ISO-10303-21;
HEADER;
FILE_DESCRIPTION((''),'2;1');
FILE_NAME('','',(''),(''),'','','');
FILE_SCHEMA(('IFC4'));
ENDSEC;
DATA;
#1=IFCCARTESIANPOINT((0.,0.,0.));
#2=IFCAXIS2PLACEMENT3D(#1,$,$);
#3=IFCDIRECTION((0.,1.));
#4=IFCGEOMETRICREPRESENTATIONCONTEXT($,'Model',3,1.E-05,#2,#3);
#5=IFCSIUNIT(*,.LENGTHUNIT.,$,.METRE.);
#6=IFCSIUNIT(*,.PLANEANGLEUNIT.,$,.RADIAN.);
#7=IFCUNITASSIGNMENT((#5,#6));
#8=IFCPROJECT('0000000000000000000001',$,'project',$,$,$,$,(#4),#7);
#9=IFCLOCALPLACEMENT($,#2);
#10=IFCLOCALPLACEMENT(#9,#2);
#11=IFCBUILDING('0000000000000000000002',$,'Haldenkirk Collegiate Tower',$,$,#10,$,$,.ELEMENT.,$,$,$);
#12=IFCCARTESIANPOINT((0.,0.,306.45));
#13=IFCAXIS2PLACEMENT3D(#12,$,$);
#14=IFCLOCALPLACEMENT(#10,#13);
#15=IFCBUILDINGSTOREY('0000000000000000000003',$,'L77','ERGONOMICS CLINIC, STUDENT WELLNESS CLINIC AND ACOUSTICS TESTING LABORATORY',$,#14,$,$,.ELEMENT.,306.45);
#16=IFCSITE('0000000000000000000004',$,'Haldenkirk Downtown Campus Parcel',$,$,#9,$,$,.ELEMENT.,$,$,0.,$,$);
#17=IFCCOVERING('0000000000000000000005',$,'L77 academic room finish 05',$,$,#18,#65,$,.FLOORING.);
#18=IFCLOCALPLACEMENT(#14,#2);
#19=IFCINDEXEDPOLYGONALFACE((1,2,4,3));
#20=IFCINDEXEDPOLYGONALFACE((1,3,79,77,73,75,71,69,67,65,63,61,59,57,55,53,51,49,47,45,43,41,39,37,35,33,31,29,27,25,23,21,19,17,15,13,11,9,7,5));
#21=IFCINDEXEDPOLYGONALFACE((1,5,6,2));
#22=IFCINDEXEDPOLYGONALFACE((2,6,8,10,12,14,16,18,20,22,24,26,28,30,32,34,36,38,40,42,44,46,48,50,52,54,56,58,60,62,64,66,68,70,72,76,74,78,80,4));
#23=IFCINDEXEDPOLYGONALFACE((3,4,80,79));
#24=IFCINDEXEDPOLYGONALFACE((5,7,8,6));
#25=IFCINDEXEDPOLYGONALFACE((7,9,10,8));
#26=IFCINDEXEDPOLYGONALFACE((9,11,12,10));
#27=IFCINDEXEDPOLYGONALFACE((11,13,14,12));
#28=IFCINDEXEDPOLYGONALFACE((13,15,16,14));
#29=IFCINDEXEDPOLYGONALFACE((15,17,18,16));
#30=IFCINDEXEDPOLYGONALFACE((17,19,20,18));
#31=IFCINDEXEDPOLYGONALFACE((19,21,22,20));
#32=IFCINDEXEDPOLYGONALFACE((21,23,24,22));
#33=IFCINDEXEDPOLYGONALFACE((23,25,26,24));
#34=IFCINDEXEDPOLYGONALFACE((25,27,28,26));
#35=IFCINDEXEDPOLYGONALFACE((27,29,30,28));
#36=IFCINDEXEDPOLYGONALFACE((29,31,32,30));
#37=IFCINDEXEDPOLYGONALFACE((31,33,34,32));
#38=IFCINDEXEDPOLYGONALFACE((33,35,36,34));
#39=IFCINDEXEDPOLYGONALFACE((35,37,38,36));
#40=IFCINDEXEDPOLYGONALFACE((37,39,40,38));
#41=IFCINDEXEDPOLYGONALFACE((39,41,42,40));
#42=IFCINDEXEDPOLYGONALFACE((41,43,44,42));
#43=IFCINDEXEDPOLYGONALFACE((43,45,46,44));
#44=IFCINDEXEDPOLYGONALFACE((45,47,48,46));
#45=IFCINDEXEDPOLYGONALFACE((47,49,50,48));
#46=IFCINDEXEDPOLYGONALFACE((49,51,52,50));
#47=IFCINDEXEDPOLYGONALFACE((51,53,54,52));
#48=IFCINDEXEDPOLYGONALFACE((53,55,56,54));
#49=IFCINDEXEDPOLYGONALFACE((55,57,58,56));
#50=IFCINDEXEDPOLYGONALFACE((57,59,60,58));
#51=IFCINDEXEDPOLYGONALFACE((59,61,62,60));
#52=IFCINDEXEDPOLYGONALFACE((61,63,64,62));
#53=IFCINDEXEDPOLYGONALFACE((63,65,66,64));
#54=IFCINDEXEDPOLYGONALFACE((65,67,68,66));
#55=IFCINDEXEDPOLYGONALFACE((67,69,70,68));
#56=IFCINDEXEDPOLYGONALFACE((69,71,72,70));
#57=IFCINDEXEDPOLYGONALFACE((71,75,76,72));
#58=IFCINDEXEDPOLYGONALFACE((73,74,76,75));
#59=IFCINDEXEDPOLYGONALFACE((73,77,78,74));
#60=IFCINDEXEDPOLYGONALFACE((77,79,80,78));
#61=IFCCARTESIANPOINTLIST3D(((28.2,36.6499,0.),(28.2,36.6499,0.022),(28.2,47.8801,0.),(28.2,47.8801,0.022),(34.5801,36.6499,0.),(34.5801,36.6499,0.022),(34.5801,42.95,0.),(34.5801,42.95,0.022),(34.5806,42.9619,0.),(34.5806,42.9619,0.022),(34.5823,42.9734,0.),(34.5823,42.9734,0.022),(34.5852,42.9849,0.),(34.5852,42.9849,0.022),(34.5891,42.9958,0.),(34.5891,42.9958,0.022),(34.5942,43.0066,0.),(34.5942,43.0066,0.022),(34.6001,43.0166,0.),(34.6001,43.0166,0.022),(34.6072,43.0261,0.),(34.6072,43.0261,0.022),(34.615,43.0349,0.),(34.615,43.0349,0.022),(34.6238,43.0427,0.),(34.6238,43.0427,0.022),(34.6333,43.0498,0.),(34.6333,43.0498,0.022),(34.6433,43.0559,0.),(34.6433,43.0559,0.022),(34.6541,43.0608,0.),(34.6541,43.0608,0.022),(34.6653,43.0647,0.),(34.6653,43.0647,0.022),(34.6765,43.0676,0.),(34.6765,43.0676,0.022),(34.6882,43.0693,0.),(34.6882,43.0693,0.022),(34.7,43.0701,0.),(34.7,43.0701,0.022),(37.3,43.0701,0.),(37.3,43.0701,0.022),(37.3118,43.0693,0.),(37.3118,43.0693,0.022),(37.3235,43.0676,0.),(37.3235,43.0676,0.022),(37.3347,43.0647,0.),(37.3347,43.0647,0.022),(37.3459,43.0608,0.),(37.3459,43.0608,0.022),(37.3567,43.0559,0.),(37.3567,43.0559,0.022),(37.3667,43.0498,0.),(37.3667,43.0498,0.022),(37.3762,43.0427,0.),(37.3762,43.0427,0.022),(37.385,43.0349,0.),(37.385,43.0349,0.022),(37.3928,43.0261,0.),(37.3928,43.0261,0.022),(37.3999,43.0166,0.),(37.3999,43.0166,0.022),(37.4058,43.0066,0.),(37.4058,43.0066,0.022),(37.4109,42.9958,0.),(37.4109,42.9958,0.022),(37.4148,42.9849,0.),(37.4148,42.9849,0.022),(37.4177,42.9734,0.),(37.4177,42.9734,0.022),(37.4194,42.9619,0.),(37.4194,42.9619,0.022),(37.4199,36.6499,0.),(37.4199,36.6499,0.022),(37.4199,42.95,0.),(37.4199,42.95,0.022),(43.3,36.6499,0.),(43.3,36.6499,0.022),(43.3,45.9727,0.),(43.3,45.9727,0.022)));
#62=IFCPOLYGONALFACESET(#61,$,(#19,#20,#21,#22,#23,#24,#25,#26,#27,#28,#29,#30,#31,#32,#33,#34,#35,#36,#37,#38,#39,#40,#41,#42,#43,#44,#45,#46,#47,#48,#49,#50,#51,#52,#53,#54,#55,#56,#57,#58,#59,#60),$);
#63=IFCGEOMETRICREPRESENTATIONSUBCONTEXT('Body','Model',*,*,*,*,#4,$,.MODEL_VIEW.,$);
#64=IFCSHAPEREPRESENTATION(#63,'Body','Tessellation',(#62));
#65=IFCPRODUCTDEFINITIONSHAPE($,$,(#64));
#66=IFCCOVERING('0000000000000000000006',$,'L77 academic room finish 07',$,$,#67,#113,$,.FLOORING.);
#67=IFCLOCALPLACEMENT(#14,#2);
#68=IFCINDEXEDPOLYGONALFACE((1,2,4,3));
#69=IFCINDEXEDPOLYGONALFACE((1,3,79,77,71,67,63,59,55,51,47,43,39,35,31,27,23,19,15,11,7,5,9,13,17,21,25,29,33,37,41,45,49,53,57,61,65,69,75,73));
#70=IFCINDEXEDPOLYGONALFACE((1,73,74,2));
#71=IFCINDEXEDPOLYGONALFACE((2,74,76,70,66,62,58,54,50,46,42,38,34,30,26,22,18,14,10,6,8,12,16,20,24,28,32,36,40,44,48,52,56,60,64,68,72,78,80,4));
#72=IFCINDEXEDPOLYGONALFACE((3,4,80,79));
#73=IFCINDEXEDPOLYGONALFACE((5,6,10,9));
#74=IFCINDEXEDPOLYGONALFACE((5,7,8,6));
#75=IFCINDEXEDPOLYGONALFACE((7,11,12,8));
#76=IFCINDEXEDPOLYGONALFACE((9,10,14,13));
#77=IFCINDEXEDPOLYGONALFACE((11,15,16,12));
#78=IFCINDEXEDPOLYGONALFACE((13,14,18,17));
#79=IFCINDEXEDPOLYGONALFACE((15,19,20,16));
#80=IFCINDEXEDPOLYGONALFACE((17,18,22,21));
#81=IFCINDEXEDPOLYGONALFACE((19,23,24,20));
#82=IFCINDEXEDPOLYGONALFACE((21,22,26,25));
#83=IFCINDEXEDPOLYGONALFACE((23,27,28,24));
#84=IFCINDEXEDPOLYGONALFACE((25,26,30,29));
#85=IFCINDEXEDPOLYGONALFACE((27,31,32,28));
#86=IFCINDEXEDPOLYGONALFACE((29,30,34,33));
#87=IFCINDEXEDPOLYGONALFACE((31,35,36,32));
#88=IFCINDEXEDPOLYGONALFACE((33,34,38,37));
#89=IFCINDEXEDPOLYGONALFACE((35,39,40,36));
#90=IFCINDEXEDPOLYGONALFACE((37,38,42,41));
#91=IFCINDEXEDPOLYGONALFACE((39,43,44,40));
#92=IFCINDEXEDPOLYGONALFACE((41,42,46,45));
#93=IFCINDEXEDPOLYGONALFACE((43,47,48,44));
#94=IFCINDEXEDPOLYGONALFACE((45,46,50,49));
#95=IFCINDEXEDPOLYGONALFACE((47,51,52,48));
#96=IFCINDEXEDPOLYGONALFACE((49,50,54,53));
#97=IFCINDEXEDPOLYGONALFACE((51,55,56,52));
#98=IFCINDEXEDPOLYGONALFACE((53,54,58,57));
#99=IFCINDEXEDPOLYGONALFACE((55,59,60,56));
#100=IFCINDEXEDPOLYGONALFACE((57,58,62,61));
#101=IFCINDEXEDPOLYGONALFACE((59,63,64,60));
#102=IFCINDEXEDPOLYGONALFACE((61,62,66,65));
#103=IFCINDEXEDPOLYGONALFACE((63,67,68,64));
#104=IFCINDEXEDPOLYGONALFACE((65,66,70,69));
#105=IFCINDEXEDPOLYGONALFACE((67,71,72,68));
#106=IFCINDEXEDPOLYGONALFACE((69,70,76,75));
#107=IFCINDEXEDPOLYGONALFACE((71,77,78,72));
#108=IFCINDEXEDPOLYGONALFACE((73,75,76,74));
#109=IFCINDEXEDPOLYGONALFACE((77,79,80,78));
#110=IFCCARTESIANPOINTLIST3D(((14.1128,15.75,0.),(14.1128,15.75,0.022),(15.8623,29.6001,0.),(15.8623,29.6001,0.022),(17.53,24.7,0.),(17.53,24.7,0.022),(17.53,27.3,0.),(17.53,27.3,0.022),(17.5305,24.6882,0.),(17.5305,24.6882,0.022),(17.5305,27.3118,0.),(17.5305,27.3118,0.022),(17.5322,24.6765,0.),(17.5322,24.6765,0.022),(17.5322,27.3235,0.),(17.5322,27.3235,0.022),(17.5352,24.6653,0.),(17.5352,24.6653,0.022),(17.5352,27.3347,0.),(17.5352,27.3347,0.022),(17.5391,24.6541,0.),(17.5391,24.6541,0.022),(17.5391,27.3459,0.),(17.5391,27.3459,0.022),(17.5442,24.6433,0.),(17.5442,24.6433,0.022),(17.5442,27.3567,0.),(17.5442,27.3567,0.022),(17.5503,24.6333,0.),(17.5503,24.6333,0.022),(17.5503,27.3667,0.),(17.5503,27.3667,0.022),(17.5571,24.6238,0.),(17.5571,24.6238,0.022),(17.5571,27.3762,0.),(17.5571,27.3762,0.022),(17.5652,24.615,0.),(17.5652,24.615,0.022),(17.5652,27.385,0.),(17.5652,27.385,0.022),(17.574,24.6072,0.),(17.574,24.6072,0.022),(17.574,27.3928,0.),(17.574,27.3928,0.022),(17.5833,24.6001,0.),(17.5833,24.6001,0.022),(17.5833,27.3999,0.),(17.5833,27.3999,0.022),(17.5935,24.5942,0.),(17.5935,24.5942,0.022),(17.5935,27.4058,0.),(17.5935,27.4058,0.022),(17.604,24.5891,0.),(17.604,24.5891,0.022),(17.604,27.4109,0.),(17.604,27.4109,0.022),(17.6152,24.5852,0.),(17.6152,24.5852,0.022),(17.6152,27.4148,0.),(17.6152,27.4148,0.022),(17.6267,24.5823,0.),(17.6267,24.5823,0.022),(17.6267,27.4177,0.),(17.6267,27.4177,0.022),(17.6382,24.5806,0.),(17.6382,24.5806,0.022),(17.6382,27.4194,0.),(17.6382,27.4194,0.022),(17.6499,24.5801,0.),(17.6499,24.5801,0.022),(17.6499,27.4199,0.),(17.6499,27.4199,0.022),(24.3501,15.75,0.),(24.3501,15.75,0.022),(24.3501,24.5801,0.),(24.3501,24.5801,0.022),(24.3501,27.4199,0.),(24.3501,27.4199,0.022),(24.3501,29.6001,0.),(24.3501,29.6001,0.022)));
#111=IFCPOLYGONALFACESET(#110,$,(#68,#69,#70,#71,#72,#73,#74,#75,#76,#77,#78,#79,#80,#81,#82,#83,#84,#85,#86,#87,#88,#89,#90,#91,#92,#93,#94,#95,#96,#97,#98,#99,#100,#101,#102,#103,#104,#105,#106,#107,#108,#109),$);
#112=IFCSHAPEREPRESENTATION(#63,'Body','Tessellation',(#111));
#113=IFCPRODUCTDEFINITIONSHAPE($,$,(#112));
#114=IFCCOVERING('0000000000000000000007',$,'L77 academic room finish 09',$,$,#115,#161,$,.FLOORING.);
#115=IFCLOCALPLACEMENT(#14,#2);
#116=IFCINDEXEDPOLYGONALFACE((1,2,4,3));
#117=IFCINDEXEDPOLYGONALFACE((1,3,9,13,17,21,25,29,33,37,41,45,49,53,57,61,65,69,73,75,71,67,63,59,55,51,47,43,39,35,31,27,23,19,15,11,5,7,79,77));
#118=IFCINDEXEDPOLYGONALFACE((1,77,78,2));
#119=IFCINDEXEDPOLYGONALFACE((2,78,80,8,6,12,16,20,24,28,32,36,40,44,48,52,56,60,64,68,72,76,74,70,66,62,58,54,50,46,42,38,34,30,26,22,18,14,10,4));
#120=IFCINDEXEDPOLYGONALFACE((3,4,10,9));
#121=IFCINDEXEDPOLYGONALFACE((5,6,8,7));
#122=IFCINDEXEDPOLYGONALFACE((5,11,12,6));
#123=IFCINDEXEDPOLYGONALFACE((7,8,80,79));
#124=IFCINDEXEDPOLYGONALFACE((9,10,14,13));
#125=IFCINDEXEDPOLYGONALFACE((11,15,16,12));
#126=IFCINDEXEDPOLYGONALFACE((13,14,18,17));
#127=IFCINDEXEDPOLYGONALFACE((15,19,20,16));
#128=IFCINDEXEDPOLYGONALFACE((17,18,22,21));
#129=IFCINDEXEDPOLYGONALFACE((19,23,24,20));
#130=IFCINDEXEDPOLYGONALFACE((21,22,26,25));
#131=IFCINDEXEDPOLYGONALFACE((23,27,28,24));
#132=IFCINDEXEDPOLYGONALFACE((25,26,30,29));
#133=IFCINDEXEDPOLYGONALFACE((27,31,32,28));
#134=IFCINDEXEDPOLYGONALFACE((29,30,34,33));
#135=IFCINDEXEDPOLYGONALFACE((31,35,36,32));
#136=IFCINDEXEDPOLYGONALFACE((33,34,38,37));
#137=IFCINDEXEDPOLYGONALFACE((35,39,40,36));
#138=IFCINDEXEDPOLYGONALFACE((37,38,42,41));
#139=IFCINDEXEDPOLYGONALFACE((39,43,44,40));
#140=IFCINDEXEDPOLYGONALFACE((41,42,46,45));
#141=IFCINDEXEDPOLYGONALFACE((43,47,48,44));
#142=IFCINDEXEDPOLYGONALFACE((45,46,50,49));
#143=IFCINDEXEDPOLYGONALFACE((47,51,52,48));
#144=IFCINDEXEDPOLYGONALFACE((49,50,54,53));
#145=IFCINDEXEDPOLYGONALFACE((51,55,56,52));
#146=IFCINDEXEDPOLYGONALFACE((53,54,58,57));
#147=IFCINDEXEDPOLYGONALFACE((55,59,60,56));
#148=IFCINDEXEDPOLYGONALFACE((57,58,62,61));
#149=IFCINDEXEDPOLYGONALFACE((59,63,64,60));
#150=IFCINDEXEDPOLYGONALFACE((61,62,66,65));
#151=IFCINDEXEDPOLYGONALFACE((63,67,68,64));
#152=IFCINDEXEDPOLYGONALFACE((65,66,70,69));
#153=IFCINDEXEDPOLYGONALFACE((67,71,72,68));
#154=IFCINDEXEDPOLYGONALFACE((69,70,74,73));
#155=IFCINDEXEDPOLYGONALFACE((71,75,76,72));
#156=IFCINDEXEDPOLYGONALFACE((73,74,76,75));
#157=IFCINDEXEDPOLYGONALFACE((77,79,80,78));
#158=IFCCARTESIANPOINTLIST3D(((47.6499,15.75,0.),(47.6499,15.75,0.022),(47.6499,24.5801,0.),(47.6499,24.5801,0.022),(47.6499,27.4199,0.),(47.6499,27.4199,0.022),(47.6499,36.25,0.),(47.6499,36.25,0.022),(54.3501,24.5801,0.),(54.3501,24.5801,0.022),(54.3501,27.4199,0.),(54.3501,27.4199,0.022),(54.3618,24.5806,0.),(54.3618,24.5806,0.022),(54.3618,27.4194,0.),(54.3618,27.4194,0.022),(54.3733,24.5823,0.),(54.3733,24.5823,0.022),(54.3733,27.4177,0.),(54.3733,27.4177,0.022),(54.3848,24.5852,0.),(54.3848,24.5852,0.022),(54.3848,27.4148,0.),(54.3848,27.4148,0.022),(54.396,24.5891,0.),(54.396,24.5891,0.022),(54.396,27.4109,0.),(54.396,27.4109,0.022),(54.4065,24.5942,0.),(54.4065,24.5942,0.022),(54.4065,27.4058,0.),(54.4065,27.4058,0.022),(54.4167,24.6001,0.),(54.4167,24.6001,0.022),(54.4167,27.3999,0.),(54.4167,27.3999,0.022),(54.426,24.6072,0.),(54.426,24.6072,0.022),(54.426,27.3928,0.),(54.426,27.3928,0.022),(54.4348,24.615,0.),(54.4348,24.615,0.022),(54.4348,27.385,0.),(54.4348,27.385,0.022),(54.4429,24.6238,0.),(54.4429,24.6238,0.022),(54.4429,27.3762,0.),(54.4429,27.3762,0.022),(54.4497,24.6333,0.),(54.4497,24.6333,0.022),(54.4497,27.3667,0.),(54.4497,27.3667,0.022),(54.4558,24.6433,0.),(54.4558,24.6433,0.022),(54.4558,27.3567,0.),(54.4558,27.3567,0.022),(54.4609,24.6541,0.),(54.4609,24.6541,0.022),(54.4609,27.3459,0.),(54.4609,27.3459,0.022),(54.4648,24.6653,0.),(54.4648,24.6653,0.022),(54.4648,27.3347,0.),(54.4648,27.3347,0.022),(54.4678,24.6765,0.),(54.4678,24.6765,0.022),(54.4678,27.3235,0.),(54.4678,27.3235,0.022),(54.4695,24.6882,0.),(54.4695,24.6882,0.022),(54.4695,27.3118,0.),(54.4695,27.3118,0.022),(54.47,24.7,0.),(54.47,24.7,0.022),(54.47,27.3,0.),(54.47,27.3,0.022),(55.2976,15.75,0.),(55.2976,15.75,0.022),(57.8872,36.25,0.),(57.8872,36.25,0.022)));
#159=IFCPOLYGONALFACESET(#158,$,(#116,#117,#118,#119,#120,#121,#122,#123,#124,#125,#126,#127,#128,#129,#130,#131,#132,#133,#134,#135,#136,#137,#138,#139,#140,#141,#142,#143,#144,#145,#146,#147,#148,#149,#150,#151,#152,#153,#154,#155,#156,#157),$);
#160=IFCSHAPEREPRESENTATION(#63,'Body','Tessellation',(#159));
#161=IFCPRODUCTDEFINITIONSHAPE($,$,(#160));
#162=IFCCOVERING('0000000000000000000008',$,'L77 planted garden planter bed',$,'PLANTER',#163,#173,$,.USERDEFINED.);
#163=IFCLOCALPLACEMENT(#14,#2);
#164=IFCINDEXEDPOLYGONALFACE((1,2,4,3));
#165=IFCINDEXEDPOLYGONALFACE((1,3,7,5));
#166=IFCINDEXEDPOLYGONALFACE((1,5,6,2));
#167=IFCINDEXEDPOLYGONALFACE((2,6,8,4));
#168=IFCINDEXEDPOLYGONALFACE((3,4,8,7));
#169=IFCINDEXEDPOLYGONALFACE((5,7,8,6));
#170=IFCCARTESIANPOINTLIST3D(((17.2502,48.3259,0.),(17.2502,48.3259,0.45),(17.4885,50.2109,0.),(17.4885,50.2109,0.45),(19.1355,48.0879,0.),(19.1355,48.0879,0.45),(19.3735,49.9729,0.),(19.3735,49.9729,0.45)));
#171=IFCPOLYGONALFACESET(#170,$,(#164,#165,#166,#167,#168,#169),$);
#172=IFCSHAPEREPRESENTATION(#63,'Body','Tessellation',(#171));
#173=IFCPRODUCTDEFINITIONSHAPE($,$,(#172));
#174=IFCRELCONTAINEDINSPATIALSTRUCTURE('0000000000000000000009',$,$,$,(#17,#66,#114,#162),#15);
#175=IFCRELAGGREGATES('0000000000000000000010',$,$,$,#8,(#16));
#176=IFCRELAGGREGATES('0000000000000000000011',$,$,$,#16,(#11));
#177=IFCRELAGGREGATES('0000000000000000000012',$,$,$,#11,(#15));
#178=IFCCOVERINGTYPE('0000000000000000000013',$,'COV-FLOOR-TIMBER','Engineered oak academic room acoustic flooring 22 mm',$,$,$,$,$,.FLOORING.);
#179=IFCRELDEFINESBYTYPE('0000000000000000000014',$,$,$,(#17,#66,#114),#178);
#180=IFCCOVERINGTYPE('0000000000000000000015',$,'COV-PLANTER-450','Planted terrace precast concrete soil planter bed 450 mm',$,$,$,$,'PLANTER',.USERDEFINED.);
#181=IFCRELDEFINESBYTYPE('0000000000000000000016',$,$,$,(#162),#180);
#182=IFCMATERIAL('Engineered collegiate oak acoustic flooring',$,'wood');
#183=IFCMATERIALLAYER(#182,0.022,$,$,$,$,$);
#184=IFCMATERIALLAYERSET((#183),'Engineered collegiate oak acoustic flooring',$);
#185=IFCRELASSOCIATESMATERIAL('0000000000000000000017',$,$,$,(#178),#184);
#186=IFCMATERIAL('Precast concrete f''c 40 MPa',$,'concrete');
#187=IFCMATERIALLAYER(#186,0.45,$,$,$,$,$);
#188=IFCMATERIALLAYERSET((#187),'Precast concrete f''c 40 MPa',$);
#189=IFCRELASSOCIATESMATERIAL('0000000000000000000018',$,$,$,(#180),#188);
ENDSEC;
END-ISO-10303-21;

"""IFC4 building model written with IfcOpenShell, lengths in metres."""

from ifc_helpers import new_model, si_unit, direction, frame, origin, place, context, subcontext, project, spatial, polyline, outline, extrude, material, layer, layer_set, type_object, element, save


model = new_model("IFC4")

# Units and contexts
model_context = context("Model", 3, precision=1e-05, world=origin(), true_north=direction((0.0, 1.0)))
body_context = subcontext(model_context, "Body", "Model", "MODEL_VIEW")
ifc_project = project(units=[si_unit("LENGTHUNIT", "METRE"), si_unit("PLANEANGLEUNIT", "RADIAN")], contexts=[model_context])

# Site, building, storey
site_placement = place(None, origin())
site = spatial("IfcSite", under=ifc_project, at=site_placement, Name="Haldenkirk Downtown Campus Parcel", CompositionType="ELEMENT", RefElevation=0.0)
building_placement = place(site_placement, origin())
building = spatial("IfcBuilding", under=site, at=building_placement, Name="Haldenkirk Collegiate Tower", CompositionType="ELEMENT")
storey_placement = place(building_placement, frame((0.0, 0.0, 306.45)))
storey = spatial("IfcBuildingStorey", under=building, at=storey_placement, Name="L77", Description="ERGONOMICS CLINIC, STUDENT WELLNESS CLINIC AND ACOUSTICS TESTING LABORATORY", CompositionType="ELEMENT", Elevation=306.45)

# Shared definitions
ifc_material_1 = material(Name="Precast concrete f'c 40 MPa", Category="concrete")

# Coverings
ifc_material_2 = material(Name="Engineered collegiate oak acoustic flooring", Category="wood")
ifc_layer_1 = layer(ifc_material_2, 0.022)
ifc_layer_set_1 = layer_set([ifc_layer_1], Name="Engineered collegiate oak acoustic flooring")
covering_type_1 = type_object("IfcCoveringType", Name="COV-FLOOR-TIMBER", Description="Engineered oak academic room acoustic flooring 22 mm", PredefinedType="FLOORING", material=ifc_layer_set_1)
covering_1_placement = place(storey_placement, origin())
element("IfcCovering", 1, at=covering_1_placement, inside=storey, type_object=covering_type_1, Name="L77 academic room finish 05", PredefinedType="FLOORING", context=body_context, shape_type="SweptSolid", body=[
    extrude(outline(polyline([(43.3, 45.9727), (43.3, 36.6499), (37.4199, 36.6499), (37.4199, 42.95), (37.4194, 42.9619), (37.4177, 42.9734), (37.4148, 42.9849), (37.4109, 42.9958), (37.4058, 43.0066), (37.3999, 43.0166), (37.3928, 43.0261), (37.385, 43.0349), (37.3762, 43.0427), (37.3667, 43.0498), (37.3567, 43.0559), (37.3459, 43.0608), (37.3347, 43.0647), (37.3235, 43.0676), (37.3118, 43.0693), (37.3, 43.0701), (34.7, 43.0701), (34.6882, 43.0693), (34.6765, 43.0676), (34.6653, 43.0647), (34.6541, 43.0608), (34.6433, 43.0559), (34.6333, 43.0498), (34.6238, 43.0427), (34.615, 43.0349), (34.6072, 43.0261), (34.6001, 43.0166), (34.5942, 43.0066), (34.5891, 42.9958), (34.5852, 42.9849), (34.5823, 42.9734), (34.5806, 42.9619), (34.5801, 42.95), (34.5801, 36.6499), (28.2, 36.6499), (28.2, 47.8801), (43.3, 45.9727)])), origin(), (0.0, 0.0, 1.0), 0.022),
])
covering_2_placement = place(storey_placement, origin())
element("IfcCovering", 2, at=covering_2_placement, inside=storey, type_object=covering_type_1, Name="L77 academic room finish 07", PredefinedType="FLOORING", context=body_context, shape_type="SweptSolid", body=[
    extrude(outline(polyline([(17.6499, 27.4199), (17.6382, 27.4194), (17.6267, 27.4177), (17.6152, 27.4148), (17.604, 27.4109), (17.5935, 27.4058), (17.5833, 27.3999), (17.574, 27.3928), (17.5652, 27.385), (17.5571, 27.3762), (17.5503, 27.3667), (17.5442, 27.3567), (17.5391, 27.3459), (17.5352, 27.3347), (17.5322, 27.3235), (17.5305, 27.3118), (17.53, 27.3), (17.53, 24.7), (17.5305, 24.6882), (17.5322, 24.6765), (17.5352, 24.6653), (17.5391, 24.6541), (17.5442, 24.6433), (17.5503, 24.6333), (17.5571, 24.6238), (17.5652, 24.615), (17.574, 24.6072), (17.5833, 24.6001), (17.5935, 24.5942), (17.604, 24.5891), (17.6152, 24.5852), (17.6267, 24.5823), (17.6382, 24.5806), (17.6499, 24.5801), (24.3501, 24.5801), (24.3501, 15.75), (14.1128, 15.75), (15.8623, 29.6001), (24.3501, 29.6001), (24.3501, 27.4199), (17.6499, 27.4199)])), origin(), (0.0, 0.0, 1.0), 0.022),
])
covering_3_placement = place(storey_placement, origin())
element("IfcCovering", 3, at=covering_3_placement, inside=storey, type_object=covering_type_1, Name="L77 academic room finish 09", PredefinedType="FLOORING", context=body_context, shape_type="SweptSolid", body=[
    extrude(outline(polyline([(54.3501, 24.5801), (54.3618, 24.5806), (54.3733, 24.5823), (54.3848, 24.5852), (54.396, 24.5891), (54.4065, 24.5942), (54.4167, 24.6001), (54.426, 24.6072), (54.4348, 24.615), (54.4429, 24.6238), (54.4497, 24.6333), (54.4558, 24.6433), (54.4609, 24.6541), (54.4648, 24.6653), (54.4678, 24.6765), (54.4695, 24.6882), (54.47, 24.7), (54.47, 27.3), (54.4695, 27.3118), (54.4678, 27.3235), (54.4648, 27.3347), (54.4609, 27.3459), (54.4558, 27.3567), (54.4497, 27.3667), (54.4429, 27.3762), (54.4348, 27.385), (54.426, 27.3928), (54.4167, 27.3999), (54.4065, 27.4058), (54.396, 27.4109), (54.3848, 27.4148), (54.3733, 27.4177), (54.3618, 27.4194), (54.3501, 27.4199), (47.6499, 27.4199), (47.6499, 36.25), (57.8872, 36.25), (55.2976, 15.75), (47.6499, 15.75), (47.6499, 24.5801), (54.3501, 24.5801)])), origin(), (0.0, 0.0, 1.0), 0.022),
])
ifc_layer_2 = layer(ifc_material_1, 0.45)
ifc_layer_set_2 = layer_set([ifc_layer_2], Name="Precast concrete f'c 40 MPa")
covering_type_2 = type_object("IfcCoveringType", Name="COV-PLANTER-450", Description="Planted terrace precast concrete soil planter bed 450 mm", ElementType="PLANTER", PredefinedType="USERDEFINED", material=ifc_layer_set_2)
covering_4_placement = place(storey_placement, origin())
element("IfcCovering", 4, at=covering_4_placement, inside=storey, type_object=covering_type_2, Name="L77 planted garden planter bed", ObjectType="PLANTER", PredefinedType="USERDEFINED", context=body_context, shape_type="SweptSolid", body=[
    extrude(outline(polyline([(19.1355, 48.0879), (17.2502, 48.3259), (17.4885, 50.2109), (19.3735, 49.9729), (19.1355, 48.0879)])), origin(), (0.0, 0.0, 1.0), 0.45),
])

save(model, "model.ifc")
